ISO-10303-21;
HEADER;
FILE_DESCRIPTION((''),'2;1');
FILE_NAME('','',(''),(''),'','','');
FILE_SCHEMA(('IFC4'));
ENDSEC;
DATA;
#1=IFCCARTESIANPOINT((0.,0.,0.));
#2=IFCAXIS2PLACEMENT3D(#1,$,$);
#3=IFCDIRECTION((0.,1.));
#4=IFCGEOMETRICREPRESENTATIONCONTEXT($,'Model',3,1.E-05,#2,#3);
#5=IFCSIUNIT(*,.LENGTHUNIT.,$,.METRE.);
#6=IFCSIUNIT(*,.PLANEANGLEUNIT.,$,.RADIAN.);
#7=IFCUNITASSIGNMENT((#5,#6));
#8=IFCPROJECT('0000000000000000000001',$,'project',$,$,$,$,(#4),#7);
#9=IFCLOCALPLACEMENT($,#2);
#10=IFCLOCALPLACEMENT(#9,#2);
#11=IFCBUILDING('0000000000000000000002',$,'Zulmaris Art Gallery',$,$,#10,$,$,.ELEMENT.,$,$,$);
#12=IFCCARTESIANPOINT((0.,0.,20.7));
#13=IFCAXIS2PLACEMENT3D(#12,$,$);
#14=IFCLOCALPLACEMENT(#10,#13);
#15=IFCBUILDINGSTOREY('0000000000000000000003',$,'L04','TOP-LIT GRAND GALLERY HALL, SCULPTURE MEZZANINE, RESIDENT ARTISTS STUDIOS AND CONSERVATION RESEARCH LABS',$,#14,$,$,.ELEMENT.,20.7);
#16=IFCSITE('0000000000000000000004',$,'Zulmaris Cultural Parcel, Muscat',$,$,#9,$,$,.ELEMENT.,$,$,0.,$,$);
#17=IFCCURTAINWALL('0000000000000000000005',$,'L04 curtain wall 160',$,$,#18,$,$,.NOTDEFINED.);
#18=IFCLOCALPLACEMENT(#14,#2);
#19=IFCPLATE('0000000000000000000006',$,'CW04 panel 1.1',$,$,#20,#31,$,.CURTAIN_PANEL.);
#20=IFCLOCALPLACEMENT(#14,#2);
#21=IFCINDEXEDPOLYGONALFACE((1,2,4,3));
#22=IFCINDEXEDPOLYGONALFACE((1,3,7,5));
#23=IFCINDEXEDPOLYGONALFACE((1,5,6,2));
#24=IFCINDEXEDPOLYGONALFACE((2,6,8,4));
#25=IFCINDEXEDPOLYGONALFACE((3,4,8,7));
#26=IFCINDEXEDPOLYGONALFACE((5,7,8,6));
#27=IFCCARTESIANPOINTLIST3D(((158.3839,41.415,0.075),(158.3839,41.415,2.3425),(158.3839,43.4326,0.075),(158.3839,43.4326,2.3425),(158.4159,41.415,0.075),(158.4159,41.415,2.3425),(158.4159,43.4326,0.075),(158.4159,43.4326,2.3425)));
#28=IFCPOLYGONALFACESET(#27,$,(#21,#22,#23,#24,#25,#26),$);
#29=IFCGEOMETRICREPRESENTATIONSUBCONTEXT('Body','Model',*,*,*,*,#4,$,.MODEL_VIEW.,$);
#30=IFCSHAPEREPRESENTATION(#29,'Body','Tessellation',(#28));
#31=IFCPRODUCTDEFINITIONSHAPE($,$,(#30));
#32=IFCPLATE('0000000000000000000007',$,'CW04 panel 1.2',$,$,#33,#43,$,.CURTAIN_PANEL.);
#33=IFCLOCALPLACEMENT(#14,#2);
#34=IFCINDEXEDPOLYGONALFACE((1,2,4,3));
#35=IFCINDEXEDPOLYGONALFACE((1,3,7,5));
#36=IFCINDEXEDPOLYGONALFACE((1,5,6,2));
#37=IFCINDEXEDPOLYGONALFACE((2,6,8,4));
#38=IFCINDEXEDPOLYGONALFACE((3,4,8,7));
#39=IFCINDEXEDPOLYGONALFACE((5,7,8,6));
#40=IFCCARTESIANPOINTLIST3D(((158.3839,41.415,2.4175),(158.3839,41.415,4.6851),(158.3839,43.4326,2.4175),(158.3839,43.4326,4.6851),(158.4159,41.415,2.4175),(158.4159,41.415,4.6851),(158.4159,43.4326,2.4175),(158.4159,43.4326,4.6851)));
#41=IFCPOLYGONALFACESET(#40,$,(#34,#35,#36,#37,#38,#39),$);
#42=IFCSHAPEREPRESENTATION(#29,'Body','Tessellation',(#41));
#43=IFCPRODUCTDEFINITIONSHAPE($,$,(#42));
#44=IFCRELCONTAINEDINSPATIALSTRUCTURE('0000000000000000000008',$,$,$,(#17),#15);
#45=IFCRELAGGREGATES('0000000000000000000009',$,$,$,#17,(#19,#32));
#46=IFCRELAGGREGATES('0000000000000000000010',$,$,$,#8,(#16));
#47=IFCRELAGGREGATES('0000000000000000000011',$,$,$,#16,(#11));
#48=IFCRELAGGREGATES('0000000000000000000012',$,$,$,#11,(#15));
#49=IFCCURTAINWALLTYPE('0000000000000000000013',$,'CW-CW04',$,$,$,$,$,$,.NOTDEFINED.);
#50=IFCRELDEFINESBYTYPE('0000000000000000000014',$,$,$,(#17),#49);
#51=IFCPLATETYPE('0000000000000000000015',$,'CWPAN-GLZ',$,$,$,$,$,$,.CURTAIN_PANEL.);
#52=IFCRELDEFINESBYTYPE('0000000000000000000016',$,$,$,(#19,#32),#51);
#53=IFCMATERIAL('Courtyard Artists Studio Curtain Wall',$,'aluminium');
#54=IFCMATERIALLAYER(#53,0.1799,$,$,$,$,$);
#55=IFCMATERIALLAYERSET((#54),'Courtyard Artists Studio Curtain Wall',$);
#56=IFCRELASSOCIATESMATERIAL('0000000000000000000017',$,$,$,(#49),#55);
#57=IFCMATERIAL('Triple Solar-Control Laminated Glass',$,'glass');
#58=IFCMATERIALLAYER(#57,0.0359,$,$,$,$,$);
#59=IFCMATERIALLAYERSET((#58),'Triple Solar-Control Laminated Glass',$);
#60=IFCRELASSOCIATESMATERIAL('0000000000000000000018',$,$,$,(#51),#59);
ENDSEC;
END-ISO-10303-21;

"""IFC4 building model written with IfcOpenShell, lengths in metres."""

from ifc_helpers import new_model, si_unit, direction, frame, origin, origin_2d, place, context, subcontext, project, spatial, rectangle, extrude, material, layer, layer_set, type_object, element, aggregate, save


model = new_model("IFC4")

# Units and contexts
model_context = context("Model", 3, precision=1e-05, world=origin(), true_north=direction((0.0, 1.0)))
body_context = subcontext(model_context, "Body", "Model", "MODEL_VIEW")
ifc_project = project(units=[si_unit("LENGTHUNIT", "METRE"), si_unit("PLANEANGLEUNIT", "RADIAN")], contexts=[model_context])

# Site, building, storey
site_placement = place(None, origin())
site = spatial("IfcSite", under=ifc_project, at=site_placement, Name="Zulmaris Cultural Parcel, Muscat", CompositionType="ELEMENT", RefElevation=0.0)
building_placement = place(site_placement, origin())
building = spatial("IfcBuilding", under=site, at=building_placement, Name="Zulmaris Art Gallery", CompositionType="ELEMENT")
storey_placement = place(building_placement, frame((0.0, 0.0, 20.7)))
storey = spatial("IfcBuildingStorey", under=building, at=storey_placement, Name="L04", Description="TOP-LIT GRAND GALLERY HALL, SCULPTURE MEZZANINE, RESIDENT ARTISTS STUDIOS AND CONSERVATION RESEARCH LABS", CompositionType="ELEMENT", Elevation=20.7)

# Curtain wall
ifc_material_1 = material(Name="Courtyard Artists Studio Curtain Wall", Category="aluminium")
ifc_layer_1 = layer(ifc_material_1, 0.1799)
ifc_layer_set_1 = layer_set([ifc_layer_1], Name="Courtyard Artists Studio Curtain Wall")
curtain_wall_type = type_object("IfcCurtainWallType", Name="CW-CW04", PredefinedType="NOTDEFINED", material=ifc_layer_set_1)
curtain_wall_1_placement = place(storey_placement, origin())
curtain_wall_1 = element("IfcCurtainWall", 1, at=curtain_wall_1_placement, inside=storey, type_object=curtain_wall_type, Name="L04 curtain wall 160", PredefinedType="NOTDEFINED")

# Plates
ifc_material_2 = material(Name="Triple Solar-Control Laminated Glass", Category="glass")
ifc_layer_2 = layer(ifc_material_2, 0.0359)
ifc_layer_set_2 = layer_set([ifc_layer_2], Name="Triple Solar-Control Laminated Glass")
plate_type = type_object("IfcPlateType", Name="CWPAN-GLZ", PredefinedType="CURTAIN_PANEL", material=ifc_layer_set_2)
plate_1_placement = place(storey_placement, frame((158.3999, 42.4238, 0.075), z_axis=(0.0, 0.0, 1.0), x_axis=(0.0, 1.0, 0.0)))
plate_1 = element("IfcPlate", 2, at=plate_1_placement, type_object=plate_type, Name="CW04 panel 1.1", PredefinedType="CURTAIN_PANEL", context=body_context, shape_type="SweptSolid", body=[
    extrude(rectangle(XDim=2.0176, YDim=0.032, at=origin_2d()), origin(), (0.0, 0.0, 1.0), 2.2676),
])
plate_2_placement = place(storey_placement, frame((158.3999, 42.4238, 2.4175), z_axis=(0.0, 0.0, 1.0), x_axis=(0.0, 1.0, 0.0)))
plate_2 = element("IfcPlate", 3, at=plate_2_placement, type_object=plate_type, Name="CW04 panel 1.2", PredefinedType="CURTAIN_PANEL", context=body_context, shape_type="SweptSolid", body=[
    extrude(rectangle(XDim=2.0176, YDim=0.032, at=origin_2d()), origin(), (0.0, 0.0, 1.0), 2.2676),
])
aggregate(curtain_wall_1, [plate_1, plate_2])

save(model, "model.ifc")
